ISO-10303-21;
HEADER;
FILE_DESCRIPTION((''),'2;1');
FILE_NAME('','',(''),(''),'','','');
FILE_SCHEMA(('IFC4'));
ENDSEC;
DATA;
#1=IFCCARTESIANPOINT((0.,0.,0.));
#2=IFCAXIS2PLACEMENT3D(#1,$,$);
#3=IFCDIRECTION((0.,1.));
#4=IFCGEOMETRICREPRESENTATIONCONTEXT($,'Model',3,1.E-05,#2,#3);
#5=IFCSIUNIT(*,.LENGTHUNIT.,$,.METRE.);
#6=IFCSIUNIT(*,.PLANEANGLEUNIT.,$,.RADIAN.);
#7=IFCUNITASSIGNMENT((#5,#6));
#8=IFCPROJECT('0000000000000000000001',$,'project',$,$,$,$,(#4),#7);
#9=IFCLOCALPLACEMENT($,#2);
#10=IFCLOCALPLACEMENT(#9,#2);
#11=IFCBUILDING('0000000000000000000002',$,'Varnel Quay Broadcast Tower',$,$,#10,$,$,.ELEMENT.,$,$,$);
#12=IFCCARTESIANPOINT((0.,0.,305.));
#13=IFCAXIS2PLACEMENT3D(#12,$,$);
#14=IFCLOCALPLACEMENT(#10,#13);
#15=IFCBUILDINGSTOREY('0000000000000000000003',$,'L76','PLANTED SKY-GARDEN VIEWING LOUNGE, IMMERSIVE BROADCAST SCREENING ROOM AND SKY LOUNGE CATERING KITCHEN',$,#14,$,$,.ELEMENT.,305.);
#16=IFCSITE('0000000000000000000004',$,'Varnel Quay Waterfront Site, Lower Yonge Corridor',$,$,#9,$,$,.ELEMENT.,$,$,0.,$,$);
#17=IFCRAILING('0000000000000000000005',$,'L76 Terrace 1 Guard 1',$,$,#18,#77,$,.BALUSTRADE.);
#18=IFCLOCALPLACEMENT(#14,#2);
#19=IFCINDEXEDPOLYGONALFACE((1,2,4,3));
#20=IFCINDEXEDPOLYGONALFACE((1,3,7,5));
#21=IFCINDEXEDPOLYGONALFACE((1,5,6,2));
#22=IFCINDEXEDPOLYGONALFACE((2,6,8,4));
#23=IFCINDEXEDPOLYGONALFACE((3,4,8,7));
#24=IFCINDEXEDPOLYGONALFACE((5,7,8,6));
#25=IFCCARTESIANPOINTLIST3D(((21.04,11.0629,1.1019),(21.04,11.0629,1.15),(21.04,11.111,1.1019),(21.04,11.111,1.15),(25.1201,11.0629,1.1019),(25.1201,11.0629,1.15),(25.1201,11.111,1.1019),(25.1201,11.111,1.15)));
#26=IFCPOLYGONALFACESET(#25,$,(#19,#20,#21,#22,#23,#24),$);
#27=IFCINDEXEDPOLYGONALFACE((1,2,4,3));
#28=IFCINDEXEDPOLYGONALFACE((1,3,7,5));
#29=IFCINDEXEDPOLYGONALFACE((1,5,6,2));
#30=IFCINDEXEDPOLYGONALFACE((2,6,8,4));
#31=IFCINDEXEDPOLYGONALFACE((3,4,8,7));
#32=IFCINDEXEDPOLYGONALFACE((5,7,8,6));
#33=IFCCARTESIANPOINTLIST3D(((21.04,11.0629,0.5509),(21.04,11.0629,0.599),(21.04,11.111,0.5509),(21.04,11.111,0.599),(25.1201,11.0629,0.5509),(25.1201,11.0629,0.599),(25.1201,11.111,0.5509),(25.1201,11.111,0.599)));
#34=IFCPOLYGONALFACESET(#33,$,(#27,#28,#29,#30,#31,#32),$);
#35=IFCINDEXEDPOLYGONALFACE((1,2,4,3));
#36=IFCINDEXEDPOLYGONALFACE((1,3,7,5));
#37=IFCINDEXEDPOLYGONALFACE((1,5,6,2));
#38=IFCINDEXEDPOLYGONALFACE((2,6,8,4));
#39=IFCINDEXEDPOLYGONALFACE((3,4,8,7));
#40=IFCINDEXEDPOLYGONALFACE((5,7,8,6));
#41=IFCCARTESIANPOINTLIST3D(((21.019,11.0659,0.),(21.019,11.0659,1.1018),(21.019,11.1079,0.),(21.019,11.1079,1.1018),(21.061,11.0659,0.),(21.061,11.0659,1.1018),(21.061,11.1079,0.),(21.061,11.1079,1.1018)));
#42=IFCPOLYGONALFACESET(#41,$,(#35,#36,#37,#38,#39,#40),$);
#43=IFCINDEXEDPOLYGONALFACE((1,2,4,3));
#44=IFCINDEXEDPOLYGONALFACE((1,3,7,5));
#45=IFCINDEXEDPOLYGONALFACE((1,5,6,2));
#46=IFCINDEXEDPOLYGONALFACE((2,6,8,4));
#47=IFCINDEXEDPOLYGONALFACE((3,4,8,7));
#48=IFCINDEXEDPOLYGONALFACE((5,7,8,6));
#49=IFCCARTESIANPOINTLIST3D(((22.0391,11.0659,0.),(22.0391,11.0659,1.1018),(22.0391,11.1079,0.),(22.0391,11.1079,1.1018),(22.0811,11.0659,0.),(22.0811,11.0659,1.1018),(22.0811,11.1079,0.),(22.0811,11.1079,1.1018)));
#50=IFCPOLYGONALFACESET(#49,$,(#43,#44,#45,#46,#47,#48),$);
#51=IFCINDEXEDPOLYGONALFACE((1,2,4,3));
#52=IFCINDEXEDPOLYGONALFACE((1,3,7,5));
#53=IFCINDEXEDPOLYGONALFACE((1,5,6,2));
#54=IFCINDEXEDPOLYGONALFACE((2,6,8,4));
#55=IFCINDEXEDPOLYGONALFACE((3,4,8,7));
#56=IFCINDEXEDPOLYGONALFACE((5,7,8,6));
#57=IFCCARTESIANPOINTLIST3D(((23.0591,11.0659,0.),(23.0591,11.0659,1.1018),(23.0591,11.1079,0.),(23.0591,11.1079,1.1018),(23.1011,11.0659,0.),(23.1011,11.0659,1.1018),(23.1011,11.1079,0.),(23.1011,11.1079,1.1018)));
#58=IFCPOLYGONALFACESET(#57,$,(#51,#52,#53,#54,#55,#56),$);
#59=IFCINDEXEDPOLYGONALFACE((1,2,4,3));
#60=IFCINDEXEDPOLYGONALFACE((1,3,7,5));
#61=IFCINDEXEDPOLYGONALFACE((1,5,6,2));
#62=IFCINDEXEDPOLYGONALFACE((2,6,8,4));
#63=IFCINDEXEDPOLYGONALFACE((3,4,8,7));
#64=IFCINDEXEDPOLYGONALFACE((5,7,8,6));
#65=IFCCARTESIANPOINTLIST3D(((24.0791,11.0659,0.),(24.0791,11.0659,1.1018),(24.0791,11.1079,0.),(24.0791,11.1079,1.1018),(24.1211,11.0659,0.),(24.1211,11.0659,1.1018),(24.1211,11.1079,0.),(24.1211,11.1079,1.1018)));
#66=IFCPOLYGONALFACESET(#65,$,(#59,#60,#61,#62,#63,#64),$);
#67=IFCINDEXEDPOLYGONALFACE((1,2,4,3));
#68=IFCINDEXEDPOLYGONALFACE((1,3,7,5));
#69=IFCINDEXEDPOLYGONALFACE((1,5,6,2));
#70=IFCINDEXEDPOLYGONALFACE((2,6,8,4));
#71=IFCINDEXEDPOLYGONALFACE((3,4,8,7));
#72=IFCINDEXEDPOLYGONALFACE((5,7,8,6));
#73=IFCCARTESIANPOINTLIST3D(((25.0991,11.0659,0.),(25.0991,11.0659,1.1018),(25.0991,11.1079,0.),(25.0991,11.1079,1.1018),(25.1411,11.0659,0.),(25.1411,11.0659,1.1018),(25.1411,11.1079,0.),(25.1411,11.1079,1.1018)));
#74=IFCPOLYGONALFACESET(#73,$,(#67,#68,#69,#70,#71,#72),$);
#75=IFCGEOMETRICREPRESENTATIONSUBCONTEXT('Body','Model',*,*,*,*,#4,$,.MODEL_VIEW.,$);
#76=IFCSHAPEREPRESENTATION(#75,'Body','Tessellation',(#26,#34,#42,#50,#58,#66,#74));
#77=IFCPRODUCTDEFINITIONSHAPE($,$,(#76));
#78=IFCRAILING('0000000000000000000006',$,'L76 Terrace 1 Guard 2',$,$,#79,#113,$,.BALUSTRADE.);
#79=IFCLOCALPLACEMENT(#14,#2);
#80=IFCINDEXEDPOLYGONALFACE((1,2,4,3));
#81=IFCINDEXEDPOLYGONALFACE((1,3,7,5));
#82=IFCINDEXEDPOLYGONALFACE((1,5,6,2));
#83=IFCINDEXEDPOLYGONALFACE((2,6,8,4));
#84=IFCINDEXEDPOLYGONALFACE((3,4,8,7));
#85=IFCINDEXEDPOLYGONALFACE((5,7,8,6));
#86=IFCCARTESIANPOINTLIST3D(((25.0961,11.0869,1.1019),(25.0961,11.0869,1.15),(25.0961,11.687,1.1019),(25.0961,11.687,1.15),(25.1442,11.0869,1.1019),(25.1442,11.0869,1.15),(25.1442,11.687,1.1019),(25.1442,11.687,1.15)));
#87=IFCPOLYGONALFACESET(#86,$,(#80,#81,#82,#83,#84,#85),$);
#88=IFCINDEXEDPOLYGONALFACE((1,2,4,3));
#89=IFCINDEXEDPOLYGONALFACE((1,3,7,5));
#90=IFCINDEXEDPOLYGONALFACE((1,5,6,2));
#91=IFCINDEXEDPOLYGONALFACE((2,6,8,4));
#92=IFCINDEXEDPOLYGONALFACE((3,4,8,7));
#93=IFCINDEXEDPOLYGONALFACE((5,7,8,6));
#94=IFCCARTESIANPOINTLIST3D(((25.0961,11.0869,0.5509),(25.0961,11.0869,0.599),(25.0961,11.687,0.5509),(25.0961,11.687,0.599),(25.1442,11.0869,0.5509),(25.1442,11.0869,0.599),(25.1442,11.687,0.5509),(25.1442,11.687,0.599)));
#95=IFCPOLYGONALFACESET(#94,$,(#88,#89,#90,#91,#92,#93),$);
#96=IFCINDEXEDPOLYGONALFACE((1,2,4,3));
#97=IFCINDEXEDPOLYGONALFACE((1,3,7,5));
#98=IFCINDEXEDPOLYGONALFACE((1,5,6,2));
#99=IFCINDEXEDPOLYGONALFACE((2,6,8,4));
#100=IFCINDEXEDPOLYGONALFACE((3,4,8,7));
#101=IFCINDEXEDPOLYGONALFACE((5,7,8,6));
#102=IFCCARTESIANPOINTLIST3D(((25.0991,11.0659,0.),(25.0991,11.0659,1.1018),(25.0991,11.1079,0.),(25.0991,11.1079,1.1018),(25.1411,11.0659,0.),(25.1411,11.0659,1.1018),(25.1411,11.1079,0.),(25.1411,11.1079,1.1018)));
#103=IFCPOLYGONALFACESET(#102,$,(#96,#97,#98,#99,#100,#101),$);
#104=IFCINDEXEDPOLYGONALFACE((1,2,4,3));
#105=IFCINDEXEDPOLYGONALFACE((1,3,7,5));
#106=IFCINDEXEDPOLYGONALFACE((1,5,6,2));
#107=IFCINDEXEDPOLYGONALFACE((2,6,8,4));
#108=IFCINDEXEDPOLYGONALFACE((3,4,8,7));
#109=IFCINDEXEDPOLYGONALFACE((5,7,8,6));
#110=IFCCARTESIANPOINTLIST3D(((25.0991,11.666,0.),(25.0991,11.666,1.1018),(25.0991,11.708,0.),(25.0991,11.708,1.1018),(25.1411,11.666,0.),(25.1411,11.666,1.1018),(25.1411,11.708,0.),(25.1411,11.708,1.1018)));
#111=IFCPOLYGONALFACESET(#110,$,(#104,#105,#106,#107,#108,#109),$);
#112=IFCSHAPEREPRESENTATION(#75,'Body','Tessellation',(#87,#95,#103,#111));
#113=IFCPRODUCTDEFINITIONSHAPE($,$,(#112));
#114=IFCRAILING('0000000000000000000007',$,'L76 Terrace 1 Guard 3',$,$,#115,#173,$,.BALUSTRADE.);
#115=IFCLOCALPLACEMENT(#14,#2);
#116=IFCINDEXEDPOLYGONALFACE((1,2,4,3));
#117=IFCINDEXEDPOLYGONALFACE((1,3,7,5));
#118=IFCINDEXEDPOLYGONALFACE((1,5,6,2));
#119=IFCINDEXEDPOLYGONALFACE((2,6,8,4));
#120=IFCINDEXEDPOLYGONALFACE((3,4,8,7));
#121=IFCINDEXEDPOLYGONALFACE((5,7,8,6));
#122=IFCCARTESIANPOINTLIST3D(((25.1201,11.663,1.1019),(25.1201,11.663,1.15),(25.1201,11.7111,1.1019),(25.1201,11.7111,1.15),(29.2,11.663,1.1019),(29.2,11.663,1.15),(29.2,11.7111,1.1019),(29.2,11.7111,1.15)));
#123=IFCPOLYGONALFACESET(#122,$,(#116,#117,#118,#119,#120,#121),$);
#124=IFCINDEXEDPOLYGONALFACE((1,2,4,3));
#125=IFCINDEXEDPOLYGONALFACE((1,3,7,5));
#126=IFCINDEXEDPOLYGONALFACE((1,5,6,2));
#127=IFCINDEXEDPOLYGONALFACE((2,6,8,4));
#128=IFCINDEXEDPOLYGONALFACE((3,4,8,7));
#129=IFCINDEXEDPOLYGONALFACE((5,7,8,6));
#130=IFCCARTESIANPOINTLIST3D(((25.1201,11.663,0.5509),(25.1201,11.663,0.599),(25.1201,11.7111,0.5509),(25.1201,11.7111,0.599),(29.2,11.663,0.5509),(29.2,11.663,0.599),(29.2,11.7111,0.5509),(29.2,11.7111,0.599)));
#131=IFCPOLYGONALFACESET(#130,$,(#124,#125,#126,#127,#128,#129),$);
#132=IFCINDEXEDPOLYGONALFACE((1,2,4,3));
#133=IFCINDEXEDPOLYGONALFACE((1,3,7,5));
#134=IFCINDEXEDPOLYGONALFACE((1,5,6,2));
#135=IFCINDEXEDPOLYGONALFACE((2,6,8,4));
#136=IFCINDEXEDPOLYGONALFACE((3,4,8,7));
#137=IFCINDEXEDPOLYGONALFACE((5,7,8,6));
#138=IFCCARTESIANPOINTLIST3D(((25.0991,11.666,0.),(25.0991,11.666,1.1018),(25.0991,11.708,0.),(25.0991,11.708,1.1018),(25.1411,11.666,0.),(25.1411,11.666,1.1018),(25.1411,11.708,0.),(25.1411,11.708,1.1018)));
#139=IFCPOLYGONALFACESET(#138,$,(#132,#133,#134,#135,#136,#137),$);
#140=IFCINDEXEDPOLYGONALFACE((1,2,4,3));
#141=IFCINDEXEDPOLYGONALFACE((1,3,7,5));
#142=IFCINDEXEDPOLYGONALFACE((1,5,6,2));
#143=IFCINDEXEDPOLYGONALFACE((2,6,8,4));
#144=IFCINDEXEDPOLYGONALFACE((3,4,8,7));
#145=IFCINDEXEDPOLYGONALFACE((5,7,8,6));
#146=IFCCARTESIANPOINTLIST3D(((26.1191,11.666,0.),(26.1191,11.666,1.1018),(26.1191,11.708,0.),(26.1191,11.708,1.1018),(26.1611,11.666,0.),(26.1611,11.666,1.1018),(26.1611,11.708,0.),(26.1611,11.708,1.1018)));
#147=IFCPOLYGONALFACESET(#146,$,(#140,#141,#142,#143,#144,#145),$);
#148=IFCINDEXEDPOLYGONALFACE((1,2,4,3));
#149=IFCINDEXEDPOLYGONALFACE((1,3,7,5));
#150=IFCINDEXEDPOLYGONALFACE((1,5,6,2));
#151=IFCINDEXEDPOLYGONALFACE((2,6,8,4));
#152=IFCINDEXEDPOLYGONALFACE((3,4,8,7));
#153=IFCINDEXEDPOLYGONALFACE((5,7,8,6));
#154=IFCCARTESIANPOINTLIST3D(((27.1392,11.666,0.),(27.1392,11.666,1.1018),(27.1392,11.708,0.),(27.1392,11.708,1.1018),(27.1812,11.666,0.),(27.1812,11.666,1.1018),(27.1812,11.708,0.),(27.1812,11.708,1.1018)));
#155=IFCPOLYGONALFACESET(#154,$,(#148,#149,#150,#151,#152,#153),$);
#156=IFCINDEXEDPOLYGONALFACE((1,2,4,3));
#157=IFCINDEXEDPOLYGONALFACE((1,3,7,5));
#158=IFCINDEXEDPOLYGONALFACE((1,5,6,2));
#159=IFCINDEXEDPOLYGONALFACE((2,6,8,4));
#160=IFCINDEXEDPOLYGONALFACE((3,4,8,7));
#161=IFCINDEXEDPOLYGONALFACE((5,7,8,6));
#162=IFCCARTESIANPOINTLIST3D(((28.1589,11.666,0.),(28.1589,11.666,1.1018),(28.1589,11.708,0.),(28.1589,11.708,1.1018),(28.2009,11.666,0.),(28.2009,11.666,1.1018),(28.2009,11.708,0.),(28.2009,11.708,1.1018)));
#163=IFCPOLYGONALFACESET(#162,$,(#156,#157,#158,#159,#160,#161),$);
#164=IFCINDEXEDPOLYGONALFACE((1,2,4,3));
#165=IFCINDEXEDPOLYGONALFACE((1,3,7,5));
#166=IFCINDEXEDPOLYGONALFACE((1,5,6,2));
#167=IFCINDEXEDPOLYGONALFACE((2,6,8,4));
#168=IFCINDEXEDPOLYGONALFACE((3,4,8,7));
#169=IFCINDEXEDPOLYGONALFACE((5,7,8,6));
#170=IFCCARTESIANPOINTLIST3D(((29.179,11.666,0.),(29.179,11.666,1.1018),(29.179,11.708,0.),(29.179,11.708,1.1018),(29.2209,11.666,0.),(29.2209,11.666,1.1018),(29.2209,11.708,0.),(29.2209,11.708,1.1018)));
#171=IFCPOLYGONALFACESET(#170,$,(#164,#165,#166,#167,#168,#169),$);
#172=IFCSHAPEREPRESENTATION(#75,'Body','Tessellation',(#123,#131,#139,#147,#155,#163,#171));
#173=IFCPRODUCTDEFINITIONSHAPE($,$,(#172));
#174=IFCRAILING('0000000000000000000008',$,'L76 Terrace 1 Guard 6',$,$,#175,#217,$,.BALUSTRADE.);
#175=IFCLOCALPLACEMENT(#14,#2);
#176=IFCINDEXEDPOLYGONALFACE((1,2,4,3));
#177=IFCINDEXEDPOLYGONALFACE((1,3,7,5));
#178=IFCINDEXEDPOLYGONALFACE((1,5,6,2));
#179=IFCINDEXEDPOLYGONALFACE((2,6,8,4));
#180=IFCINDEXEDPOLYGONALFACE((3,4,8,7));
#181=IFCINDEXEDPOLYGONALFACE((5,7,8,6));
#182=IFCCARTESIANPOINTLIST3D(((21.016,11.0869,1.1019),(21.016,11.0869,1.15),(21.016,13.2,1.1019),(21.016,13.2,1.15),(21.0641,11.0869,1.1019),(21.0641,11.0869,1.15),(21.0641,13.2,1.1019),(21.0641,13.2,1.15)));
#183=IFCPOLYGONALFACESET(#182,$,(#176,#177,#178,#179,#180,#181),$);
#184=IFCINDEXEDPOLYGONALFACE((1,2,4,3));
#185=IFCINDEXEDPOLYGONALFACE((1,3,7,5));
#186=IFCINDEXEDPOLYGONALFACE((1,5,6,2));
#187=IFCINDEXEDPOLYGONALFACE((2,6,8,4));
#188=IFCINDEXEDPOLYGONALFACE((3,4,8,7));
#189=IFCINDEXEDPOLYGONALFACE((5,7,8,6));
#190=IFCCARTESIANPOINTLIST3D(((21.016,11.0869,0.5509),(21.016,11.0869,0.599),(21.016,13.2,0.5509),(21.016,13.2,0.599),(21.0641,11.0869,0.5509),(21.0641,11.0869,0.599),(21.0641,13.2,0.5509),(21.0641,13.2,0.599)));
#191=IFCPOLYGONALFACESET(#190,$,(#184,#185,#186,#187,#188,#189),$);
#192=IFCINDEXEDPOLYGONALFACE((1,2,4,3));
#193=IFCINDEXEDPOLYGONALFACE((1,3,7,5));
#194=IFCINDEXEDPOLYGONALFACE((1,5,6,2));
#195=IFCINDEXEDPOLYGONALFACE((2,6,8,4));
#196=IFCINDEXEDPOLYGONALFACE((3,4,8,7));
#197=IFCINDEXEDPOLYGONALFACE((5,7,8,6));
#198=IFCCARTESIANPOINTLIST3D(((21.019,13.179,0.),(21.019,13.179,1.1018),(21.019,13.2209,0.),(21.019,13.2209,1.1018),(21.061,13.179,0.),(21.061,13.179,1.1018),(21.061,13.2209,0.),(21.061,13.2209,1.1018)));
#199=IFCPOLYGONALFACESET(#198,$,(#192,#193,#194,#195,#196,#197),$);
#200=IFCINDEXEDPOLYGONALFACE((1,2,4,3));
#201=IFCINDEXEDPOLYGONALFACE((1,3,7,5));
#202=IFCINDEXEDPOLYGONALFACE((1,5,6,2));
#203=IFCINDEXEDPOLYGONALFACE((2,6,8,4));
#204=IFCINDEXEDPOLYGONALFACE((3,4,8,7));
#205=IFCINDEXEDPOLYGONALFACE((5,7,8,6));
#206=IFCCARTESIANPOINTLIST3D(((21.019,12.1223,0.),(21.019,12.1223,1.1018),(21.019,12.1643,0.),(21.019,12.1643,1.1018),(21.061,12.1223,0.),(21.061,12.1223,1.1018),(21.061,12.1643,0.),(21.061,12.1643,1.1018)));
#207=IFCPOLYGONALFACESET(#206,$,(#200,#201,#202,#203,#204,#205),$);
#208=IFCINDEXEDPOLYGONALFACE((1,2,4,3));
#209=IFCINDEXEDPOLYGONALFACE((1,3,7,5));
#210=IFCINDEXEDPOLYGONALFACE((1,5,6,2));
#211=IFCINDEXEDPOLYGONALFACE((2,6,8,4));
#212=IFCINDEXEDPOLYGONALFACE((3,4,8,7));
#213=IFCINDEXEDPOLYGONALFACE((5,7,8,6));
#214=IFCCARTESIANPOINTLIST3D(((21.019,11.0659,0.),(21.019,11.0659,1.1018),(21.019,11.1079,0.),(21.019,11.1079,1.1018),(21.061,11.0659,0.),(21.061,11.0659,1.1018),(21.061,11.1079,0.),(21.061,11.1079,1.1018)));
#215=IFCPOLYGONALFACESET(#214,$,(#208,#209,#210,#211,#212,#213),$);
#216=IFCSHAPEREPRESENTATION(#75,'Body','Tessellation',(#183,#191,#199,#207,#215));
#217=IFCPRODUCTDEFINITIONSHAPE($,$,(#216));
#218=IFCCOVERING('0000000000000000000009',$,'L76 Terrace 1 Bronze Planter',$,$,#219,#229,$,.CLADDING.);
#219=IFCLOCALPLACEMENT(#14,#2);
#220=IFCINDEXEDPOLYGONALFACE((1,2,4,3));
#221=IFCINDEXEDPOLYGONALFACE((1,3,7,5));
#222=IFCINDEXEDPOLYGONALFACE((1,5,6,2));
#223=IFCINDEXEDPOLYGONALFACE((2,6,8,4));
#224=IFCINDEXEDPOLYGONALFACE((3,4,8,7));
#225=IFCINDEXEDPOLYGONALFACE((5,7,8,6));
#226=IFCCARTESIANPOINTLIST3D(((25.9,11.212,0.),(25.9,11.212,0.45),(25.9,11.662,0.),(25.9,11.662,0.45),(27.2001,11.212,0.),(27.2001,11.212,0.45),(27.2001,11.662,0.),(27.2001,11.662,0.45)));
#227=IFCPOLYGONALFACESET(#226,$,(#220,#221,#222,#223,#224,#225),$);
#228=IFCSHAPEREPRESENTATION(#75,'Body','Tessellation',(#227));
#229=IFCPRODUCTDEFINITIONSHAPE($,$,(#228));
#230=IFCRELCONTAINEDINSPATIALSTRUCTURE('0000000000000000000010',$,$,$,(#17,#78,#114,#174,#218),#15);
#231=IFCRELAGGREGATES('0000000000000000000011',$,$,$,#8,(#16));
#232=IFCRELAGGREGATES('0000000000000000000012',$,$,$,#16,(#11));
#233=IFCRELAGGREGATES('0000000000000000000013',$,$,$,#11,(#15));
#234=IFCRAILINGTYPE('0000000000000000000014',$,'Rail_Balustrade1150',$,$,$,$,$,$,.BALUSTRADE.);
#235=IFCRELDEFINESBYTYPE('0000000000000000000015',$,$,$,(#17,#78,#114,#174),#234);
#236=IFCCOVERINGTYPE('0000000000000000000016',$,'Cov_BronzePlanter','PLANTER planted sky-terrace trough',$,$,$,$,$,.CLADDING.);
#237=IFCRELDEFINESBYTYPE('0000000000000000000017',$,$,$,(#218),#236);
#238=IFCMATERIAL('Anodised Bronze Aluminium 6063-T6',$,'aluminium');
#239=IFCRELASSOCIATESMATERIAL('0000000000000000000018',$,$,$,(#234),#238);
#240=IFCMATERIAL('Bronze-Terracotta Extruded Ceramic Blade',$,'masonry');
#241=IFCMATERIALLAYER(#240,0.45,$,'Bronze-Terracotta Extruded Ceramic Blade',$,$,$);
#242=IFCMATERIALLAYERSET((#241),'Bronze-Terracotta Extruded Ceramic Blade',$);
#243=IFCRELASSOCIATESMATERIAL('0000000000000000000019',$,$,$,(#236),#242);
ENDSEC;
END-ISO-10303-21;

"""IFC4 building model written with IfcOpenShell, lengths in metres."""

from ifc_helpers import new_model, si_unit, direction, frame, origin, origin_2d, place, context, subcontext, project, spatial, rectangle, extrude, source, transform, mapped, material, layer, layer_set, type_object, type_shapes, element, save


model = new_model("IFC4")

# Units and contexts
model_context = context("Model", 3, precision=1e-05, world=origin(), true_north=direction((0.0, 1.0)))
body_context = subcontext(model_context, "Body", "Model", "MODEL_VIEW")
ifc_project = project(units=[si_unit("LENGTHUNIT", "METRE"), si_unit("PLANEANGLEUNIT", "RADIAN")], contexts=[model_context])

# Site, building, storey
site_placement = place(None, origin())
site = spatial("IfcSite", under=ifc_project, at=site_placement, Name="Varnel Quay Waterfront Site, Lower Yonge Corridor", CompositionType="ELEMENT", RefElevation=0.0)
building_placement = place(site_placement, origin())
building = spatial("IfcBuilding", under=site, at=building_placement, Name="Varnel Quay Broadcast Tower", CompositionType="ELEMENT")
storey_placement = place(building_placement, frame((0.0, 0.0, 305.0)))
storey = spatial("IfcBuildingStorey", under=building, at=storey_placement, Name="L76", Description="PLANTED SKY-GARDEN VIEWING LOUNGE, IMMERSIVE BROADCAST SCREENING ROOM AND SKY LOUNGE CATERING KITCHEN", CompositionType="ELEMENT", Elevation=305.0)

# Shared definitions
ifc_material_1 = material(Name="Anodised Bronze Aluminium 6063-T6", Category="aluminium")

# Railings
railing_type = type_object("IfcRailingType", Name="Rail_Balustrade1150", PredefinedType="BALUSTRADE", material=ifc_material_1)
railing_1_placement = place(storey_placement, frame((21.04, 11.0869, 0.0)))
element("IfcRailing", 1, at=railing_1_placement, inside=storey, type_object=railing_type, Name="L76 Terrace 1 Guard 1", PredefinedType="BALUSTRADE", context=body_context, shape_type="SweptSolid", body=[
    extrude(rectangle(XDim=0.0481, YDim=0.0481, at=origin_2d()), frame((0.0, 0.0, 1.126), z_axis=(1.0, 0.0, 0.0), x_axis=(0.0, 1.0, 0.0)), (0.0, 0.0, 1.0), 4.0801),
    extrude(rectangle(XDim=0.0481, YDim=0.0481, at=origin_2d()), frame((0.0, 0.0, 0.575), z_axis=(1.0, 0.0, 0.0), x_axis=(0.0, 1.0, 0.0)), (0.0, 0.0, 1.0), 4.0801),
    extrude(rectangle(XDim=0.042, YDim=0.042, at=origin_2d()), origin(), (0.0, 0.0, 1.0), 1.1018),
    extrude(rectangle(XDim=0.042, YDim=0.042, at=origin_2d()), frame((1.02, 0.0, 0.0)), (0.0, 0.0, 1.0), 1.1018),
    extrude(rectangle(XDim=0.042, YDim=0.042, at=origin_2d()), frame((2.04, 0.0, 0.0)), (0.0, 0.0, 1.0), 1.1018),
    extrude(rectangle(XDim=0.042, YDim=0.042, at=origin_2d()), frame((3.0601, 0.0, 0.0)), (0.0, 0.0, 1.0), 1.1018),
    extrude(rectangle(XDim=0.042, YDim=0.042, at=origin_2d()), frame((4.0801, 0.0, 0.0)), (0.0, 0.0, 1.0), 1.1018),
])
railing_2_placement = place(storey_placement, frame((25.1201, 11.0869, 0.0)))
element("IfcRailing", 2, at=railing_2_placement, inside=storey, type_object=railing_type, Name="L76 Terrace 1 Guard 2", PredefinedType="BALUSTRADE", context=body_context, shape_type="SweptSolid", body=[
    extrude(rectangle(XDim=0.0481, YDim=0.0481, at=origin_2d()), frame((0.0, 0.0, 1.126), z_axis=(0.0, 1.0, 0.0), x_axis=(-1.0, 0.0, 0.0)), (0.0, 0.0, 1.0), 0.6001),
    extrude(rectangle(XDim=0.0481, YDim=0.0481, at=origin_2d()), frame((0.0, 0.0, 0.575), z_axis=(0.0, 1.0, 0.0), x_axis=(-1.0, 0.0, 0.0)), (0.0, 0.0, 1.0), 0.6001),
    extrude(rectangle(XDim=0.042, YDim=0.042, at=origin_2d()), origin(), (0.0, 0.0, 1.0), 1.1018),
    extrude(rectangle(XDim=0.042, YDim=0.042, at=origin_2d()), frame((0.0, 0.6001, 0.0)), (0.0, 0.0, 1.0), 1.1018),
])
railing_3_placement = place(storey_placement, frame((25.1201, 11.687, 0.0)))
element("IfcRailing", 3, at=railing_3_placement, inside=storey, type_object=railing_type, Name="L76 Terrace 1 Guard 3", PredefinedType="BALUSTRADE", context=body_context, shape_type="SweptSolid", body=[
    extrude(rectangle(XDim=0.0481, YDim=0.0481, at=origin_2d()), frame((0.0, 0.0, 1.126), z_axis=(1.0, 0.0, 0.0), x_axis=(0.0, 1.0, 0.0)), (0.0, 0.0, 1.0), 4.0798),
    extrude(rectangle(XDim=0.0481, YDim=0.0481, at=origin_2d()), frame((0.0, 0.0, 0.575), z_axis=(1.0, 0.0, 0.0), x_axis=(0.0, 1.0, 0.0)), (0.0, 0.0, 1.0), 4.0798),
    extrude(rectangle(XDim=0.042, YDim=0.042, at=origin_2d()), origin(), (0.0, 0.0, 1.0), 1.1018),
    extrude(rectangle(XDim=0.042, YDim=0.042, at=origin_2d()), frame((1.02, 0.0, 0.0)), (0.0, 0.0, 1.0), 1.1018),
    extrude(rectangle(XDim=0.042, YDim=0.042, at=origin_2d()), frame((2.04, 0.0, 0.0)), (0.0, 0.0, 1.0), 1.1018),
    extrude(rectangle(XDim=0.042, YDim=0.042, at=origin_2d()), frame((3.0598, 0.0, 0.0)), (0.0, 0.0, 1.0), 1.1018),
    extrude(rectangle(XDim=0.042, YDim=0.042, at=origin_2d()), frame((4.0798, 0.0, 0.0)), (0.0, 0.0, 1.0), 1.1018),
])
railing_4_placement = place(storey_placement, frame((21.04, 13.2, 0.0)))
element("IfcRailing", 4, at=railing_4_placement, inside=storey, type_object=railing_type, Name="L76 Terrace 1 Guard 6", PredefinedType="BALUSTRADE", context=body_context, shape_type="SweptSolid", body=[
    extrude(rectangle(XDim=0.0481, YDim=0.0481, at=origin_2d()), frame((0.0, 0.0, 1.126), z_axis=(0.0, -1.0, 0.0), x_axis=(1.0, 0.0, 0.0)), (0.0, 0.0, 1.0), 2.113),
    extrude(rectangle(XDim=0.0481, YDim=0.0481, at=origin_2d()), frame((0.0, 0.0, 0.575), z_axis=(0.0, -1.0, 0.0), x_axis=(1.0, 0.0, 0.0)), (0.0, 0.0, 1.0), 2.113),
    extrude(rectangle(XDim=0.042, YDim=0.042, at=origin_2d()), origin(), (0.0, 0.0, 1.0), 1.1018),
    extrude(rectangle(XDim=0.042, YDim=0.042, at=origin_2d()), frame((0.0, -1.0566, 0.0)), (0.0, 0.0, 1.0), 1.1018),
    extrude(rectangle(XDim=0.042, YDim=0.042, at=origin_2d()), frame((0.0, -2.113, 0.0)), (0.0, 0.0, 1.0), 1.1018),
])

# Covering
ifc_material_2 = material(Name="Bronze-Terracotta Extruded Ceramic Blade", Category="masonry")
ifc_layer_1 = layer(ifc_material_2, 0.45, Name="Bronze-Terracotta Extruded Ceramic Blade")
ifc_layer_set_1 = layer_set([ifc_layer_1], Name="Bronze-Terracotta Extruded Ceramic Blade")
covering_type = type_object("IfcCoveringType", Name="Cov_BronzePlanter", Description="PLANTER planted sky-terrace trough", PredefinedType="CLADDING", material=ifc_layer_set_1)
shared_shape_1 = source(origin(), body_context, "Body", "SweptSolid", [
    extrude(rectangle(XDim=1.3, YDim=0.45, at=origin_2d()), origin(), (0.0, 0.0, 1.0), 0.45),
])
type_shapes(covering_type, [shared_shape_1])
covering_placement = place(storey_placement, frame((26.55, 11.437, 0.0), z_axis=(0.0, 0.0, 1.0), x_axis=(1.0, 0.0, 0.0)))
element("IfcCovering", 5, at=covering_placement, inside=storey, type_object=covering_type, Name="L76 Terrace 1 Bronze Planter", PredefinedType="CLADDING", context=body_context, shape_type="MappedRepresentation", body=[
    mapped(shared_shape_1, transform((0.0, 0.0, 0.0), x_axis=(1.0, 0.0, 0.0), y_axis=(0.0, 1.0, 0.0), z_axis=(0.0, 0.0, 1.0), scale=1.0)),
])

save(model, "model.ifc")
